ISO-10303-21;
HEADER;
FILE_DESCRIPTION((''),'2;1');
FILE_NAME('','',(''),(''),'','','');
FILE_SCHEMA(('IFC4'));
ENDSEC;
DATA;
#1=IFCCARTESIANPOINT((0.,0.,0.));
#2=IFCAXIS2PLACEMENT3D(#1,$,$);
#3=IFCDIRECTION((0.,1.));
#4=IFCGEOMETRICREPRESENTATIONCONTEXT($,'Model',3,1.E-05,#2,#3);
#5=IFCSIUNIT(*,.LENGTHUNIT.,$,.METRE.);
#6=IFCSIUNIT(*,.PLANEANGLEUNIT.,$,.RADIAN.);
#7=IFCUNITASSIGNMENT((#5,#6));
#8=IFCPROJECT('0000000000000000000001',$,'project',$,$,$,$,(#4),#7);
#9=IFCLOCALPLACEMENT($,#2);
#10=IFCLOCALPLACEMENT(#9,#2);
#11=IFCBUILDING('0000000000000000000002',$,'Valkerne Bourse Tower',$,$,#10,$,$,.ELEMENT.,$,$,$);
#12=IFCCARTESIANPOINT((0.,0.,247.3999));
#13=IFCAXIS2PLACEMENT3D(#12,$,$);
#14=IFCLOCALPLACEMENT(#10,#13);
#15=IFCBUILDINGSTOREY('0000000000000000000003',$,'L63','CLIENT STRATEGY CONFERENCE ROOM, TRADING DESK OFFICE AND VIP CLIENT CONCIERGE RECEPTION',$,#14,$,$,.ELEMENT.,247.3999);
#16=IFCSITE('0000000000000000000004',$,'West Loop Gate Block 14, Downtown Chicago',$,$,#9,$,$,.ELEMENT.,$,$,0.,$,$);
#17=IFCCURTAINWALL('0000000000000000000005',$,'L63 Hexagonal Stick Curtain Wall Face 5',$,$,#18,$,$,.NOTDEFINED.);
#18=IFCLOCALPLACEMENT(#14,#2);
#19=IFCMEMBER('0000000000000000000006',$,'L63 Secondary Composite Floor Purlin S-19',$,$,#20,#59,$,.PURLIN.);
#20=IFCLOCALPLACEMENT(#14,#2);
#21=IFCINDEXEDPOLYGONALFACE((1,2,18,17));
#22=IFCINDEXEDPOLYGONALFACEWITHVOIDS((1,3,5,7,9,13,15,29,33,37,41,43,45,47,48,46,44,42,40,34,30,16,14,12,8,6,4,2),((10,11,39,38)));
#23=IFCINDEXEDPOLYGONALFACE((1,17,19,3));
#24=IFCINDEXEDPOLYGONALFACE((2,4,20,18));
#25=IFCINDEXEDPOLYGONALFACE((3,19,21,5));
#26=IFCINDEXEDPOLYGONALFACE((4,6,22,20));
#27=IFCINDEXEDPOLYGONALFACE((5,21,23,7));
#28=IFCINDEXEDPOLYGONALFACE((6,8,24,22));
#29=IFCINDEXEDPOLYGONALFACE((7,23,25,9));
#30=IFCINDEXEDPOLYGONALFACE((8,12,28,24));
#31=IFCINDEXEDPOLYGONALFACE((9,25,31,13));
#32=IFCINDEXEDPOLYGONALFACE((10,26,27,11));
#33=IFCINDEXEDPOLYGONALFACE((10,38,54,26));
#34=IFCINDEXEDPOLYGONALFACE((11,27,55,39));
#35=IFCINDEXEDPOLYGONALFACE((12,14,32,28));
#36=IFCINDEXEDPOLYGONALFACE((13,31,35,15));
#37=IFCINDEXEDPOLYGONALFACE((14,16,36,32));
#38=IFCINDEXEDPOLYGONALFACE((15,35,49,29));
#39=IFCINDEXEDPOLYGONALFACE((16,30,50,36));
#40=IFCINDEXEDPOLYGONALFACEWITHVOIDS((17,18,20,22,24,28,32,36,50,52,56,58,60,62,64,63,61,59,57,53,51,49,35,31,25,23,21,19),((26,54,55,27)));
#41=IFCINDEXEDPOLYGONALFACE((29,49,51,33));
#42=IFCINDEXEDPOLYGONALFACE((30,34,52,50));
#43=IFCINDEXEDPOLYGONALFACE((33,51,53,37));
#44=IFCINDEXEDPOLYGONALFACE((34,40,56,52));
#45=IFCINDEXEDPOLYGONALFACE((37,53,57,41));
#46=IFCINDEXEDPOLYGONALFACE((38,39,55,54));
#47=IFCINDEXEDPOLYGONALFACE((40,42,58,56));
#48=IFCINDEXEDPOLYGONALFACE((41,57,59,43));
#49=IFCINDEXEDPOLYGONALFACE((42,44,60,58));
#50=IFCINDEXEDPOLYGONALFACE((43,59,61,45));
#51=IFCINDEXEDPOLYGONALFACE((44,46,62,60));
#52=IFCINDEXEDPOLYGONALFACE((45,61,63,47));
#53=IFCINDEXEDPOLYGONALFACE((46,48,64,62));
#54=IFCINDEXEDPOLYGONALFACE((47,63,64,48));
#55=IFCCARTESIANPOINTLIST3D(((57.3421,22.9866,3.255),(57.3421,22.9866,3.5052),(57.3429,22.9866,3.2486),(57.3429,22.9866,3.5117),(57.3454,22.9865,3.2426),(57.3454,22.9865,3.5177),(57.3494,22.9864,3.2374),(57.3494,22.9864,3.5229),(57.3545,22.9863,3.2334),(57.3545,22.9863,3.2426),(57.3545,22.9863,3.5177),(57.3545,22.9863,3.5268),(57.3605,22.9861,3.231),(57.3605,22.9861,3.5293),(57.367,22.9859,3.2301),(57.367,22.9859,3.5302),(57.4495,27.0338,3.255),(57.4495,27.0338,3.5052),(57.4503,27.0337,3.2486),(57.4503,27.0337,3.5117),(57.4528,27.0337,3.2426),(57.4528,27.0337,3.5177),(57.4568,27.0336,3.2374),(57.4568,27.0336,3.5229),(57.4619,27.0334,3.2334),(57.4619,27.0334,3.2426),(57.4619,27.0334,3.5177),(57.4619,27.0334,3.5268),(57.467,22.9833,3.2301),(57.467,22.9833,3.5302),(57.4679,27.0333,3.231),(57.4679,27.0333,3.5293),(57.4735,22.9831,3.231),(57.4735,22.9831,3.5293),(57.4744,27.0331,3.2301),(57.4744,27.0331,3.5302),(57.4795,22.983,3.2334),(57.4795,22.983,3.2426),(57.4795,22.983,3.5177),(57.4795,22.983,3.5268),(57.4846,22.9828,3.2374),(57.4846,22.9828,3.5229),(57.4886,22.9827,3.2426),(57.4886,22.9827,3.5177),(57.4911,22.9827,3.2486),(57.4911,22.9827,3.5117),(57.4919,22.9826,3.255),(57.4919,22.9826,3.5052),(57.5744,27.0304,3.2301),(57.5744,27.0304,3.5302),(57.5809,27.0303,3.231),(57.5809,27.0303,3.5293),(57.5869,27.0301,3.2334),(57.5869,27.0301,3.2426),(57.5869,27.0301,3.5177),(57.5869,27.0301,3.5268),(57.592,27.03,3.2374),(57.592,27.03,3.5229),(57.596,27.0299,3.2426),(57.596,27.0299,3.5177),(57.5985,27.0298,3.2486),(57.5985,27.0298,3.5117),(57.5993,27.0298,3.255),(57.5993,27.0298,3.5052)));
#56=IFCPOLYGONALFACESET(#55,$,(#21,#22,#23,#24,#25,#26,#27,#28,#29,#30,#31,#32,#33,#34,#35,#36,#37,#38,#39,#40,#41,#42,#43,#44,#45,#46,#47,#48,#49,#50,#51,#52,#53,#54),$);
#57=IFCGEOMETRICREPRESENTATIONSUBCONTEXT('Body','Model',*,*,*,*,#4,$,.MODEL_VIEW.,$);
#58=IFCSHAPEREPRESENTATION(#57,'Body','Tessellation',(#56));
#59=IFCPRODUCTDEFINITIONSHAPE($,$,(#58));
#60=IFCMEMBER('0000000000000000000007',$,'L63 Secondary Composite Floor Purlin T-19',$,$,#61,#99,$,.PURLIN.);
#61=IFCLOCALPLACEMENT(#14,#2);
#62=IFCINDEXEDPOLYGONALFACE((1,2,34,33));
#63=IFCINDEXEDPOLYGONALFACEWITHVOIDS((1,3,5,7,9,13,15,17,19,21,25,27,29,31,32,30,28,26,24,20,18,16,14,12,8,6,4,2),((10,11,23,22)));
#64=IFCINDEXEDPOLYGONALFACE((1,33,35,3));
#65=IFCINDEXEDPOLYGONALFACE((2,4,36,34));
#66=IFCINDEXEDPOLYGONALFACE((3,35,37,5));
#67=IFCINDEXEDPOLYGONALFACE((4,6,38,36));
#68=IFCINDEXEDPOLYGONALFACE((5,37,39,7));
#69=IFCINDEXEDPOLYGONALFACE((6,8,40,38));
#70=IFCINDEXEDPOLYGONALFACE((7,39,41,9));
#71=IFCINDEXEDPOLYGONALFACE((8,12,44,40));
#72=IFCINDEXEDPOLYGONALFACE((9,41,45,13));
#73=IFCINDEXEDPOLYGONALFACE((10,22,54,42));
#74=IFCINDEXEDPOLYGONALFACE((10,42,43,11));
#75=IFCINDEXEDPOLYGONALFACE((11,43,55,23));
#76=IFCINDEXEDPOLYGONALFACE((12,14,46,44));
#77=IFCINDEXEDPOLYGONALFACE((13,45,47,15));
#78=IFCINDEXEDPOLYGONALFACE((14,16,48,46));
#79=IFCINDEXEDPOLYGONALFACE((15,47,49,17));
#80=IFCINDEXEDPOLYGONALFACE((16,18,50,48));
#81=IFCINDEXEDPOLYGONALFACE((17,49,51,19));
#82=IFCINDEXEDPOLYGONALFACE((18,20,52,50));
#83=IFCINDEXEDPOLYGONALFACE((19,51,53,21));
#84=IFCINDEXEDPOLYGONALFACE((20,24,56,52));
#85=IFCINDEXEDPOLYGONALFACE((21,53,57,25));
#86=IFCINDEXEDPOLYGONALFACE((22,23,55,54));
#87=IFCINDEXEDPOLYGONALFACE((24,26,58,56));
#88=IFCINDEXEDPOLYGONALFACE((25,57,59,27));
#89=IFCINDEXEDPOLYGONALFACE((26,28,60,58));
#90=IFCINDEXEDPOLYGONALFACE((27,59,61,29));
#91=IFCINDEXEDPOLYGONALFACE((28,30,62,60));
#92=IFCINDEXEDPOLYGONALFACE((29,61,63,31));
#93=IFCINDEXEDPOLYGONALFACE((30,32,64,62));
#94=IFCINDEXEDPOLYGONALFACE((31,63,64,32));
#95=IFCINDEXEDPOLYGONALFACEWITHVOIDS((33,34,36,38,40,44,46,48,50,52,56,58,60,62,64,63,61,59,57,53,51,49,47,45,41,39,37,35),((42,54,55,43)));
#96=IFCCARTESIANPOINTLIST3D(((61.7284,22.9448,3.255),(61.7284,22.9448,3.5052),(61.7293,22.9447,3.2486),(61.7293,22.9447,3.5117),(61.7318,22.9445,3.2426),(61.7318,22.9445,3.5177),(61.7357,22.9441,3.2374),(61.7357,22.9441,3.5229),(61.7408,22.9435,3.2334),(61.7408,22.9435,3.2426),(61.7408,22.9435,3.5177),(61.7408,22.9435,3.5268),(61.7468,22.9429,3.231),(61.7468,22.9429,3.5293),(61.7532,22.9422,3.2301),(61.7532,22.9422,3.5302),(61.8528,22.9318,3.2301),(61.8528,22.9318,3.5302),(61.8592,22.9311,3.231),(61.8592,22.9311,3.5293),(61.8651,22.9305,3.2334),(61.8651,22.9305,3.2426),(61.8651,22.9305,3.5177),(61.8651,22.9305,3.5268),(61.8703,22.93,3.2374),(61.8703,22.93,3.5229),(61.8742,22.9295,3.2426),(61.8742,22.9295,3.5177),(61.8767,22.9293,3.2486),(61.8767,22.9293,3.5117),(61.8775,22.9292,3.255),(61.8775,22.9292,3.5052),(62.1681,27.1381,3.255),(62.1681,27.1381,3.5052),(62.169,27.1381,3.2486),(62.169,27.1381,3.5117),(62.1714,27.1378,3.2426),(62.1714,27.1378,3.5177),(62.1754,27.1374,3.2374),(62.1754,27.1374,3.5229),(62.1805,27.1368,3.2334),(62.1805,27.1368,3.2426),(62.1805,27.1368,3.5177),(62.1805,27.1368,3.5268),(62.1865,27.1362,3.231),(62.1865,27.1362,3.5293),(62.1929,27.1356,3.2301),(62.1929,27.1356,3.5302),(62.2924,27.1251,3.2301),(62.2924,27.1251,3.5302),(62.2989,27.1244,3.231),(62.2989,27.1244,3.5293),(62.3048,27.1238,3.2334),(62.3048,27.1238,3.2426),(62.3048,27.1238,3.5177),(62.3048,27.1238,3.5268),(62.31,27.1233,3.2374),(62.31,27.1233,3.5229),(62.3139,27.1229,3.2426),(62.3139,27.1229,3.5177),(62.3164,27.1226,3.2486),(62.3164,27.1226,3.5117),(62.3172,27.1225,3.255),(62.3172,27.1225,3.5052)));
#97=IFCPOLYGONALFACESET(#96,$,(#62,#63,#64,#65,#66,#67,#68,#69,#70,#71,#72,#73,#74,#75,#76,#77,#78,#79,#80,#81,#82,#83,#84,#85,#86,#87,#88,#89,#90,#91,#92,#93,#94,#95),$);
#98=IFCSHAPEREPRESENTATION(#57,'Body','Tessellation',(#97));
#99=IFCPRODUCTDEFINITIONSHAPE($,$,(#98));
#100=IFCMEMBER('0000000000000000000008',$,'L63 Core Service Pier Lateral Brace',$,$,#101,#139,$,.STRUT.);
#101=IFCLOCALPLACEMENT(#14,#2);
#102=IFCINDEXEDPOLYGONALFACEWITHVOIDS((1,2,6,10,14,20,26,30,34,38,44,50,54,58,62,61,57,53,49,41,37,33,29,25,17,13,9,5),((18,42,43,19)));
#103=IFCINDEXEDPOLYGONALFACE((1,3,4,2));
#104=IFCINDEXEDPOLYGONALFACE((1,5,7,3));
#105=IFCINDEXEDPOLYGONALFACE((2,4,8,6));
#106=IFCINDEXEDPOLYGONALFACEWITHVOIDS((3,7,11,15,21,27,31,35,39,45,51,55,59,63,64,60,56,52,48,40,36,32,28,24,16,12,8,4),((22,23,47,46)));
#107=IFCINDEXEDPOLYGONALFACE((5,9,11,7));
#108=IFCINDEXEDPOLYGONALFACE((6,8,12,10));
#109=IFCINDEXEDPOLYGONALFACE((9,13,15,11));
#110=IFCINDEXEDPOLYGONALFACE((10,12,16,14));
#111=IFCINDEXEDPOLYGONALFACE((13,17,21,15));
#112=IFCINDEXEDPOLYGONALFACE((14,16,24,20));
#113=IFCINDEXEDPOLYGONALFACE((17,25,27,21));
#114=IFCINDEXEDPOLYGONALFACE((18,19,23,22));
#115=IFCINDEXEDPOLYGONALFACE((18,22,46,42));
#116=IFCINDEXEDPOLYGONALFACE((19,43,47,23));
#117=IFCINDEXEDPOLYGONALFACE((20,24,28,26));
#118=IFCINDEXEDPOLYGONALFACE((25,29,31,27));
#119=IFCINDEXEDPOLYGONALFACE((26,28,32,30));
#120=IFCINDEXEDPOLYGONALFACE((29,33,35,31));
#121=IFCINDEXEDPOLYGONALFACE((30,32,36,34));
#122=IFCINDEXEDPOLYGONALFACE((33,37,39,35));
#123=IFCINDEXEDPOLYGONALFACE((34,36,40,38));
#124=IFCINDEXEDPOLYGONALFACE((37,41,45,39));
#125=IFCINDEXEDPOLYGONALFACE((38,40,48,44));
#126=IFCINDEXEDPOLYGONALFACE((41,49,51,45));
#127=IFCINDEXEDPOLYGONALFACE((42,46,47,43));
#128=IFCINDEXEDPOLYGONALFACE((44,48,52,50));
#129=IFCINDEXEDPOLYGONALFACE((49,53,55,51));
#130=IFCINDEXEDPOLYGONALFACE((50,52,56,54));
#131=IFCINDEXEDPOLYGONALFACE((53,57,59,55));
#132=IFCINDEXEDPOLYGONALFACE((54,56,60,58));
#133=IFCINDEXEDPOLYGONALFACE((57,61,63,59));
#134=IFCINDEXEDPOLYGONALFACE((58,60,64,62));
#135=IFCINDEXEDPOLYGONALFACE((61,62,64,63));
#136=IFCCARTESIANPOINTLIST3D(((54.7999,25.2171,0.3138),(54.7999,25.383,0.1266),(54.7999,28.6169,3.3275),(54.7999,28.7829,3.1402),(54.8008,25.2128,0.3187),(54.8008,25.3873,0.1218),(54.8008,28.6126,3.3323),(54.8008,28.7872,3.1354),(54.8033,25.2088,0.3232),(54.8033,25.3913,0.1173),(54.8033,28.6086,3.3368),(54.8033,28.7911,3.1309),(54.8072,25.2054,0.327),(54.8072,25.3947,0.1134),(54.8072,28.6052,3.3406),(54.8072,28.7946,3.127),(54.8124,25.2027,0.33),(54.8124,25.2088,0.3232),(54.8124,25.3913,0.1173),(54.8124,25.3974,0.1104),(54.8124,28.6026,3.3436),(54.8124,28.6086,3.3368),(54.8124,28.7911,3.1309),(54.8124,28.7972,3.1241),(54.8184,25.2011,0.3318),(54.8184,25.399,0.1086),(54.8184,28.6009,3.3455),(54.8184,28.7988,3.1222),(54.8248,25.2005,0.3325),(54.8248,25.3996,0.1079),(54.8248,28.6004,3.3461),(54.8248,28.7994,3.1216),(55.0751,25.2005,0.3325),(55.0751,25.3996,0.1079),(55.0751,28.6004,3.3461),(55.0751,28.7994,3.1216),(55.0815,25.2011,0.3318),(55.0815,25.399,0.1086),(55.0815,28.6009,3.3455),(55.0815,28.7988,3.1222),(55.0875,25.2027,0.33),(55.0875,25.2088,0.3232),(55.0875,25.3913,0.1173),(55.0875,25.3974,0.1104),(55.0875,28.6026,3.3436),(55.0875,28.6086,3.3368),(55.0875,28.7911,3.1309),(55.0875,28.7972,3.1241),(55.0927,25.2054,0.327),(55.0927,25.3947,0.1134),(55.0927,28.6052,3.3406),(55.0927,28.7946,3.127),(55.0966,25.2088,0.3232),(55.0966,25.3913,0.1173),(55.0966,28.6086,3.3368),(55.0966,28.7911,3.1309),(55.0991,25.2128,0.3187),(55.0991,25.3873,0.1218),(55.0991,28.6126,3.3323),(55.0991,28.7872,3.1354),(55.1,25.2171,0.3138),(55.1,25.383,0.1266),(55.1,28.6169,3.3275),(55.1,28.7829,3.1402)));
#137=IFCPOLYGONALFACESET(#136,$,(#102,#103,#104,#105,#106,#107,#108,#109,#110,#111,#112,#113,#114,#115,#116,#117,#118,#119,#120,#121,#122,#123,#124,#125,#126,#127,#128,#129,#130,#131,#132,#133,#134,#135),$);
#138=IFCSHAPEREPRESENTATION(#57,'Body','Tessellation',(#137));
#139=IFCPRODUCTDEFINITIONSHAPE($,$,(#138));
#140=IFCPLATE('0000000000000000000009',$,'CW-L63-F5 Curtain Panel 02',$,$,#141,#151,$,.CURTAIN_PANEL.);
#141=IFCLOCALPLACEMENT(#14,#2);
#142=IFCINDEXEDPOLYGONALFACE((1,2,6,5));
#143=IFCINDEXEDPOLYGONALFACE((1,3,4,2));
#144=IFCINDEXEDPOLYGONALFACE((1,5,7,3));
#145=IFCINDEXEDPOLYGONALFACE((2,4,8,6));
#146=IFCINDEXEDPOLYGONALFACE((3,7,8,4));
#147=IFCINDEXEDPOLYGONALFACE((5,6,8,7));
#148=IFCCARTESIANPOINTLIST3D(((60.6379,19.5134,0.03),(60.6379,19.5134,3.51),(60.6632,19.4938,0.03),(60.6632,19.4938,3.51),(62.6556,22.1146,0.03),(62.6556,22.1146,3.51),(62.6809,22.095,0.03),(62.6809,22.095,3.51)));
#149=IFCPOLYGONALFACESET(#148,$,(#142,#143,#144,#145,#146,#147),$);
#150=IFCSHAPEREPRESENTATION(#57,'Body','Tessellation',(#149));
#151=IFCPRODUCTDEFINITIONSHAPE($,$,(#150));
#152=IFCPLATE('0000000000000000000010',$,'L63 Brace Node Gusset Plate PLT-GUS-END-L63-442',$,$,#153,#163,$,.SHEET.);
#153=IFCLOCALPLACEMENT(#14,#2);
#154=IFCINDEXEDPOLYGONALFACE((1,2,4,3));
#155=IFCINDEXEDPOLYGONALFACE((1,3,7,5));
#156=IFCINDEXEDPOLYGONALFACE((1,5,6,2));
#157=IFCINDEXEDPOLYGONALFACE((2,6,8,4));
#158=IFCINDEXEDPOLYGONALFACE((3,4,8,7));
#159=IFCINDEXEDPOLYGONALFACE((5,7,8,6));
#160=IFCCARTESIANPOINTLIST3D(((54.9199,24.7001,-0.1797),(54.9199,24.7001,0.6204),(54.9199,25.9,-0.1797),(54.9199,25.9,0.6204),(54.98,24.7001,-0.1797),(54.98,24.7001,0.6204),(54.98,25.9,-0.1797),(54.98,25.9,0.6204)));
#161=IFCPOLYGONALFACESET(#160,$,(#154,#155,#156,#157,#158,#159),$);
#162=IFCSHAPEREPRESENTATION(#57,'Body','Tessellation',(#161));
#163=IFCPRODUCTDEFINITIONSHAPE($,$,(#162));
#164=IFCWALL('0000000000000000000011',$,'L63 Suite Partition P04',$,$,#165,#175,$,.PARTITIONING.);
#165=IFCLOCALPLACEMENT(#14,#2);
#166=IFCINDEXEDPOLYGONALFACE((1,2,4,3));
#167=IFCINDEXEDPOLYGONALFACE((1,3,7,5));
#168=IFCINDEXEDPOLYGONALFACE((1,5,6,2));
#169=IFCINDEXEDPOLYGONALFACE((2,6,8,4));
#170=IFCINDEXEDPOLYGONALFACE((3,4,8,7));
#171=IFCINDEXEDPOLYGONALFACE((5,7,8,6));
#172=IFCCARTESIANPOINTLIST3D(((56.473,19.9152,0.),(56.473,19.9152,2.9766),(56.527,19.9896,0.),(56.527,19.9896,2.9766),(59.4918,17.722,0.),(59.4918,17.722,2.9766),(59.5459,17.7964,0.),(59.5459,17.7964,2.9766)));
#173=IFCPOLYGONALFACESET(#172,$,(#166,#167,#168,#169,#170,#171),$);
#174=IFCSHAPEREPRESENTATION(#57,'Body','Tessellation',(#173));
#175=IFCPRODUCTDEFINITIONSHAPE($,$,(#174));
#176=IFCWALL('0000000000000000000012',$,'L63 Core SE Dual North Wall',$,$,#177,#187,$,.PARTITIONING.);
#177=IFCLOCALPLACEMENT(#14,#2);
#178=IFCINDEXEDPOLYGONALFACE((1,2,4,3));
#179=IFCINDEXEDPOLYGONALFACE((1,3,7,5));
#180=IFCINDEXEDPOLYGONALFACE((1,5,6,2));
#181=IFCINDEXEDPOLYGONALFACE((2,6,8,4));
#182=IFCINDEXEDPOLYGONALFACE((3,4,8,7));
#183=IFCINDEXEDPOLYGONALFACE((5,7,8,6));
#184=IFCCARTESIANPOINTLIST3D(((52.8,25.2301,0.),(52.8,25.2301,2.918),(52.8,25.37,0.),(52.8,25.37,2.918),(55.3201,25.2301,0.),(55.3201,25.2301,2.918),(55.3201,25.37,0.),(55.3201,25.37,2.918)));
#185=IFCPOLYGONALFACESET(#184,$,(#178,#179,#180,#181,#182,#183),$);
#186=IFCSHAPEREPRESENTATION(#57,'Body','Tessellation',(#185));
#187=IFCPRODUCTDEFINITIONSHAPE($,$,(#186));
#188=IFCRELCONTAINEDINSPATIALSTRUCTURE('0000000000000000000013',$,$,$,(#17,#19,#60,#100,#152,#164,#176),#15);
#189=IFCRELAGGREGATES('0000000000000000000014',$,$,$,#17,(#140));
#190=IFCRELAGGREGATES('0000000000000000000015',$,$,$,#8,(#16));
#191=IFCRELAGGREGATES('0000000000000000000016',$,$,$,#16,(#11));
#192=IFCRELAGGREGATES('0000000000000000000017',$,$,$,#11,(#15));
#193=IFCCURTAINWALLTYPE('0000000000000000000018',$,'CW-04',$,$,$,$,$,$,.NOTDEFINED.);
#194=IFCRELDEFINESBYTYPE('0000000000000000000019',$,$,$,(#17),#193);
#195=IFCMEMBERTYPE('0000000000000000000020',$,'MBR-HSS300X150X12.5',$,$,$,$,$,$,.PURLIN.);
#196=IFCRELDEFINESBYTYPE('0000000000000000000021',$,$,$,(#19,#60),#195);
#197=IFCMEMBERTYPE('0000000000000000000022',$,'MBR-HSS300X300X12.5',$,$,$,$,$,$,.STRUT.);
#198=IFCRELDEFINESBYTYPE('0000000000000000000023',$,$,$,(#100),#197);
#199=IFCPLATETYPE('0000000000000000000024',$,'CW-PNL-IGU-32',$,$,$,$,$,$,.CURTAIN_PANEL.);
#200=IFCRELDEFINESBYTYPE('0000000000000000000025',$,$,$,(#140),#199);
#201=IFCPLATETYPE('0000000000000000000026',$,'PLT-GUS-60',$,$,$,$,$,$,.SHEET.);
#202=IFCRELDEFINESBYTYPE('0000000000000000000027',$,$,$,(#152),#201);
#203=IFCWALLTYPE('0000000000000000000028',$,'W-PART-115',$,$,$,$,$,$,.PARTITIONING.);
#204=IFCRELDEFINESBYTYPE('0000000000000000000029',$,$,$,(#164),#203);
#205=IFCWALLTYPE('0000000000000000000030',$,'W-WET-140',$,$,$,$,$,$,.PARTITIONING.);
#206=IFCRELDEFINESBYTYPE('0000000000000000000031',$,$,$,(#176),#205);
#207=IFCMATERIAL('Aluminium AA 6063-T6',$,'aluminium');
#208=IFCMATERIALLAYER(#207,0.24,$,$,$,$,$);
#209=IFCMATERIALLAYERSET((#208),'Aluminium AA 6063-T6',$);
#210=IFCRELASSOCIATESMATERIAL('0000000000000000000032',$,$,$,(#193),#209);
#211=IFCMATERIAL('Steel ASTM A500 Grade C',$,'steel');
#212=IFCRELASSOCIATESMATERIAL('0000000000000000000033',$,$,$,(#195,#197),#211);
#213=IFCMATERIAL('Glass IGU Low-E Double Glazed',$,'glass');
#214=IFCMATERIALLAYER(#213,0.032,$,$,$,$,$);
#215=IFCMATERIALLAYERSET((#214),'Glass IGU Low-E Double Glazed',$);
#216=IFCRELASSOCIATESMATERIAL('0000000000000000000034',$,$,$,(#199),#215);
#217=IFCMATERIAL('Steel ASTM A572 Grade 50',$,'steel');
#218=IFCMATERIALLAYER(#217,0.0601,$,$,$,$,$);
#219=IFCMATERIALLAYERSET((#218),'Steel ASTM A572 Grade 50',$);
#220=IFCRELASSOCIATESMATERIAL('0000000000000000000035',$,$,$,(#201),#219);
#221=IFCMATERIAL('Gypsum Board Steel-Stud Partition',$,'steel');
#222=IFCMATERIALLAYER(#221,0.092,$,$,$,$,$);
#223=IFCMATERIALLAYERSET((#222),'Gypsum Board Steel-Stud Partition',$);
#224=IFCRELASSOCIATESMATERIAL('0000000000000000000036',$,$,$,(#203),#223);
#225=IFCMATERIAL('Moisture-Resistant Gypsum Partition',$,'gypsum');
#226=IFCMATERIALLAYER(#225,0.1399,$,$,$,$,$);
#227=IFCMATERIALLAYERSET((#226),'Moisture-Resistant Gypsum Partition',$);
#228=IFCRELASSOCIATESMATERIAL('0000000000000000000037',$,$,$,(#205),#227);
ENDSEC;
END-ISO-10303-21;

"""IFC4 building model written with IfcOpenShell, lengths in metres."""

from ifc_helpers import new_model, si_unit, direction, frame, frame_2d, origin, origin_2d, place, context, subcontext, project, spatial, rectangle, hollow_rectangle, extrude, material, layer, layer_set, material_profile, profile_set, type_object, element, aggregate, save


model = new_model("IFC4")

# Units and contexts
model_context = context("Model", 3, precision=1e-05, world=origin(), true_north=direction((0.0, 1.0)))
body_context = subcontext(model_context, "Body", "Model", "MODEL_VIEW")
ifc_project = project(units=[si_unit("LENGTHUNIT", "METRE"), si_unit("PLANEANGLEUNIT", "RADIAN")], contexts=[model_context])

# Site, building, storey
site_placement = place(None, origin())
site = spatial("IfcSite", under=ifc_project, at=site_placement, Name="West Loop Gate Block 14, Downtown Chicago", CompositionType="ELEMENT", RefElevation=0.0)
building_placement = place(site_placement, origin())
building = spatial("IfcBuilding", under=site, at=building_placement, Name="Valkerne Bourse Tower", CompositionType="ELEMENT")
storey_placement = place(building_placement, frame((0.0, 0.0, 247.3999)))
storey = spatial("IfcBuildingStorey", under=building, at=storey_placement, Name="L63", Description="CLIENT STRATEGY CONFERENCE ROOM, TRADING DESK OFFICE AND VIP CLIENT CONCIERGE RECEPTION", CompositionType="ELEMENT", Elevation=247.3999)

# Curtain wall
ifc_material_1 = material(Name="Aluminium AA 6063-T6", Category="aluminium")
ifc_layer_1 = layer(ifc_material_1, 0.24)
ifc_layer_set_1 = layer_set([ifc_layer_1], Name="Aluminium AA 6063-T6")
curtain_wall_type = type_object("IfcCurtainWallType", Name="CW-04", PredefinedType="NOTDEFINED", material=ifc_layer_set_1)
curtain_wall_placement = place(storey_placement, origin())
curtain_wall = element("IfcCurtainWall", 1, at=curtain_wall_placement, inside=storey, type_object=curtain_wall_type, Name="L63 Hexagonal Stick Curtain Wall Face 5", PredefinedType="NOTDEFINED")

# Members
ifc_material_2 = material(Name="Steel ASTM A500 Grade C", Category="steel")
ifc_material_profile_1 = material_profile(ifc_material_2, hollow_rectangle(XDim=0.1499, YDim=0.3, WallThickness=0.0125, OuterFilletRadius=0.0249, at=origin_2d()), Name="HSS300X150X12.5")
ifc_profile_set_1 = profile_set([ifc_material_profile_1], Name="Steel ASTM A500 Grade C")
member_type_1 = type_object("IfcMemberType", Name="MBR-HSS300X150X12.5", PredefinedType="PURLIN", material=ifc_profile_set_1)
member_1_placement = place(storey_placement, frame((57.417, 22.9846, 3.3801), z_axis=(0.026533, 0.999648, 0.0), x_axis=(-0.999648, 0.026533, 0.0)))
element("IfcMember", 2, at=member_1_placement, inside=storey, type_object=member_type_1, Name="L63 Secondary Composite Floor Purlin S-19", PredefinedType="PURLIN", context=body_context, shape_type="SweptSolid", body=[
    extrude(hollow_rectangle(XDim=0.1499, YDim=0.3, WallThickness=0.0125, OuterFilletRadius=0.0249, at=origin_2d()), origin(), (0.0, 0.0, 1.0), 4.0486),
])
member_2_placement = place(storey_placement, frame((61.803, 22.937, 3.3801), z_axis=(0.104284, 0.994548, 0.0), x_axis=(-0.994548, 0.104284, 0.0)))
element("IfcMember", 3, at=member_2_placement, inside=storey, type_object=member_type_1, Name="L63 Secondary Composite Floor Purlin T-19", PredefinedType="PURLIN", context=body_context, shape_type="SweptSolid", body=[
    extrude(hollow_rectangle(XDim=0.1499, YDim=0.3, WallThickness=0.0125, OuterFilletRadius=0.0249, at=origin_2d()), origin(), (0.0, 0.0, 1.0), 4.2163),
])
ifc_material_profile_2 = material_profile(ifc_material_2, hollow_rectangle(XDim=0.3, YDim=0.3, WallThickness=0.0125, OuterFilletRadius=0.0249, at=origin_2d()), Name="HSS300X300X12.5")
ifc_profile_set_2 = profile_set([ifc_material_profile_2], Name="Steel ASTM A500 Grade C")
member_type_2 = type_object("IfcMemberType", Name="MBR-HSS300X300X12.5", PredefinedType="STRUT", material=ifc_profile_set_2)
member_3_placement = place(storey_placement, frame((54.95, 25.3, 0.2202), z_axis=(0.0, 0.748334, 0.663323), x_axis=(-1.0, 0.0, 0.0)))
element("IfcMember", 4, at=member_3_placement, inside=storey, type_object=member_type_2, Name="L63 Core Service Pier Lateral Brace", PredefinedType="STRUT", context=body_context, shape_type="SweptSolid", body=[
    extrude(hollow_rectangle(XDim=0.3, YDim=0.3, WallThickness=0.0125, OuterFilletRadius=0.0249, at=origin_2d()), origin(), (0.0, 0.0, 1.0), 4.5432),
])

# Plates
ifc_material_3 = material(Name="Glass IGU Low-E Double Glazed", Category="glass")
ifc_layer_2 = layer(ifc_material_3, 0.032)
ifc_layer_set_2 = layer_set([ifc_layer_2], Name="Glass IGU Low-E Double Glazed")
plate_type_1 = type_object("IfcPlateType", Name="CW-PNL-IGU-32", PredefinedType="CURTAIN_PANEL", material=ifc_layer_set_2)
plate_1_placement = place(storey_placement, frame((61.6594, 20.8042, 0.03), z_axis=(0.0, 0.0, 1.0), x_axis=(0.612905, 0.790157, 0.0)))
plate_1 = element("IfcPlate", 5, at=plate_1_placement, type_object=plate_type_1, Name="CW-L63-F5 Curtain Panel 02", PredefinedType="CURTAIN_PANEL", context=body_context, shape_type="SweptSolid", body=[
    extrude(rectangle(XDim=3.292, YDim=0.032, at=origin_2d()), origin(), (0.0, 0.0, 1.0), 3.48),
])
aggregate(curtain_wall, [plate_1])
ifc_material_4 = material(Name="Steel ASTM A572 Grade 50", Category="steel")
ifc_layer_3 = layer(ifc_material_4, 0.0601)
ifc_layer_set_3 = layer_set([ifc_layer_3], Name="Steel ASTM A572 Grade 50")
plate_type_2 = type_object("IfcPlateType", Name="PLT-GUS-60", PredefinedType="SHEET", material=ifc_layer_set_3)
plate_2_placement = place(storey_placement, frame((54.95, 25.3, -0.1797), z_axis=(0.0, 0.0, 1.0), x_axis=(0.0, 1.0, 0.0)))
element("IfcPlate", 6, at=plate_2_placement, inside=storey, type_object=plate_type_2, Name="L63 Brace Node Gusset Plate PLT-GUS-END-L63-442", PredefinedType="SHEET", context=body_context, shape_type="SweptSolid", body=[
    extrude(rectangle(XDim=1.2, YDim=0.0601, at=origin_2d()), origin(), (0.0, 0.0, 1.0), 0.8),
])

# Walls
ifc_material_5 = material(Name="Gypsum Board Steel-Stud Partition", Category="steel")
ifc_layer_4 = layer(ifc_material_5, 0.092)
ifc_layer_set_4 = layer_set([ifc_layer_4], Name="Gypsum Board Steel-Stud Partition")
wall_type_1 = type_object("IfcWallType", Name="W-PART-115", PredefinedType="PARTITIONING", material=ifc_layer_set_4)
wall_1_placement = place(storey_placement, frame((56.5, 19.9524, 0.0), z_axis=(0.0, 0.0, 1.0), x_axis=(0.809039, -0.587755, 0.0)))
element("IfcWall", 7, at=wall_1_placement, inside=storey, type_object=wall_type_1, Name="L63 Suite Partition P04", PredefinedType="PARTITIONING", context=body_context, shape_type="SweptSolid", body=[
    extrude(rectangle(XDim=3.7314, YDim=0.092, at=frame_2d((1.8657, 0.0))), origin(), (0.0, 0.0, 1.0), 2.9766),
])
ifc_material_6 = material(Name="Moisture-Resistant Gypsum Partition", Category="gypsum")
ifc_layer_5 = layer(ifc_material_6, 0.1399)
ifc_layer_set_5 = layer_set([ifc_layer_5], Name="Moisture-Resistant Gypsum Partition")
wall_type_2 = type_object("IfcWallType", Name="W-WET-140", PredefinedType="PARTITIONING", material=ifc_layer_set_5)
wall_2_placement = place(storey_placement, frame((52.8, 25.3, 0.0), z_axis=(0.0, 0.0, 1.0), x_axis=(1.0, 0.0, 0.0)))
element("IfcWall", 8, at=wall_2_placement, inside=storey, type_object=wall_type_2, Name="L63 Core SE Dual North Wall", PredefinedType="PARTITIONING", context=body_context, shape_type="SweptSolid", body=[
    extrude(rectangle(XDim=2.52, YDim=0.1399, at=frame_2d((1.26, 0.0))), origin(), (0.0, 0.0, 1.0), 2.918),
])

save(model, "model.ifc")
